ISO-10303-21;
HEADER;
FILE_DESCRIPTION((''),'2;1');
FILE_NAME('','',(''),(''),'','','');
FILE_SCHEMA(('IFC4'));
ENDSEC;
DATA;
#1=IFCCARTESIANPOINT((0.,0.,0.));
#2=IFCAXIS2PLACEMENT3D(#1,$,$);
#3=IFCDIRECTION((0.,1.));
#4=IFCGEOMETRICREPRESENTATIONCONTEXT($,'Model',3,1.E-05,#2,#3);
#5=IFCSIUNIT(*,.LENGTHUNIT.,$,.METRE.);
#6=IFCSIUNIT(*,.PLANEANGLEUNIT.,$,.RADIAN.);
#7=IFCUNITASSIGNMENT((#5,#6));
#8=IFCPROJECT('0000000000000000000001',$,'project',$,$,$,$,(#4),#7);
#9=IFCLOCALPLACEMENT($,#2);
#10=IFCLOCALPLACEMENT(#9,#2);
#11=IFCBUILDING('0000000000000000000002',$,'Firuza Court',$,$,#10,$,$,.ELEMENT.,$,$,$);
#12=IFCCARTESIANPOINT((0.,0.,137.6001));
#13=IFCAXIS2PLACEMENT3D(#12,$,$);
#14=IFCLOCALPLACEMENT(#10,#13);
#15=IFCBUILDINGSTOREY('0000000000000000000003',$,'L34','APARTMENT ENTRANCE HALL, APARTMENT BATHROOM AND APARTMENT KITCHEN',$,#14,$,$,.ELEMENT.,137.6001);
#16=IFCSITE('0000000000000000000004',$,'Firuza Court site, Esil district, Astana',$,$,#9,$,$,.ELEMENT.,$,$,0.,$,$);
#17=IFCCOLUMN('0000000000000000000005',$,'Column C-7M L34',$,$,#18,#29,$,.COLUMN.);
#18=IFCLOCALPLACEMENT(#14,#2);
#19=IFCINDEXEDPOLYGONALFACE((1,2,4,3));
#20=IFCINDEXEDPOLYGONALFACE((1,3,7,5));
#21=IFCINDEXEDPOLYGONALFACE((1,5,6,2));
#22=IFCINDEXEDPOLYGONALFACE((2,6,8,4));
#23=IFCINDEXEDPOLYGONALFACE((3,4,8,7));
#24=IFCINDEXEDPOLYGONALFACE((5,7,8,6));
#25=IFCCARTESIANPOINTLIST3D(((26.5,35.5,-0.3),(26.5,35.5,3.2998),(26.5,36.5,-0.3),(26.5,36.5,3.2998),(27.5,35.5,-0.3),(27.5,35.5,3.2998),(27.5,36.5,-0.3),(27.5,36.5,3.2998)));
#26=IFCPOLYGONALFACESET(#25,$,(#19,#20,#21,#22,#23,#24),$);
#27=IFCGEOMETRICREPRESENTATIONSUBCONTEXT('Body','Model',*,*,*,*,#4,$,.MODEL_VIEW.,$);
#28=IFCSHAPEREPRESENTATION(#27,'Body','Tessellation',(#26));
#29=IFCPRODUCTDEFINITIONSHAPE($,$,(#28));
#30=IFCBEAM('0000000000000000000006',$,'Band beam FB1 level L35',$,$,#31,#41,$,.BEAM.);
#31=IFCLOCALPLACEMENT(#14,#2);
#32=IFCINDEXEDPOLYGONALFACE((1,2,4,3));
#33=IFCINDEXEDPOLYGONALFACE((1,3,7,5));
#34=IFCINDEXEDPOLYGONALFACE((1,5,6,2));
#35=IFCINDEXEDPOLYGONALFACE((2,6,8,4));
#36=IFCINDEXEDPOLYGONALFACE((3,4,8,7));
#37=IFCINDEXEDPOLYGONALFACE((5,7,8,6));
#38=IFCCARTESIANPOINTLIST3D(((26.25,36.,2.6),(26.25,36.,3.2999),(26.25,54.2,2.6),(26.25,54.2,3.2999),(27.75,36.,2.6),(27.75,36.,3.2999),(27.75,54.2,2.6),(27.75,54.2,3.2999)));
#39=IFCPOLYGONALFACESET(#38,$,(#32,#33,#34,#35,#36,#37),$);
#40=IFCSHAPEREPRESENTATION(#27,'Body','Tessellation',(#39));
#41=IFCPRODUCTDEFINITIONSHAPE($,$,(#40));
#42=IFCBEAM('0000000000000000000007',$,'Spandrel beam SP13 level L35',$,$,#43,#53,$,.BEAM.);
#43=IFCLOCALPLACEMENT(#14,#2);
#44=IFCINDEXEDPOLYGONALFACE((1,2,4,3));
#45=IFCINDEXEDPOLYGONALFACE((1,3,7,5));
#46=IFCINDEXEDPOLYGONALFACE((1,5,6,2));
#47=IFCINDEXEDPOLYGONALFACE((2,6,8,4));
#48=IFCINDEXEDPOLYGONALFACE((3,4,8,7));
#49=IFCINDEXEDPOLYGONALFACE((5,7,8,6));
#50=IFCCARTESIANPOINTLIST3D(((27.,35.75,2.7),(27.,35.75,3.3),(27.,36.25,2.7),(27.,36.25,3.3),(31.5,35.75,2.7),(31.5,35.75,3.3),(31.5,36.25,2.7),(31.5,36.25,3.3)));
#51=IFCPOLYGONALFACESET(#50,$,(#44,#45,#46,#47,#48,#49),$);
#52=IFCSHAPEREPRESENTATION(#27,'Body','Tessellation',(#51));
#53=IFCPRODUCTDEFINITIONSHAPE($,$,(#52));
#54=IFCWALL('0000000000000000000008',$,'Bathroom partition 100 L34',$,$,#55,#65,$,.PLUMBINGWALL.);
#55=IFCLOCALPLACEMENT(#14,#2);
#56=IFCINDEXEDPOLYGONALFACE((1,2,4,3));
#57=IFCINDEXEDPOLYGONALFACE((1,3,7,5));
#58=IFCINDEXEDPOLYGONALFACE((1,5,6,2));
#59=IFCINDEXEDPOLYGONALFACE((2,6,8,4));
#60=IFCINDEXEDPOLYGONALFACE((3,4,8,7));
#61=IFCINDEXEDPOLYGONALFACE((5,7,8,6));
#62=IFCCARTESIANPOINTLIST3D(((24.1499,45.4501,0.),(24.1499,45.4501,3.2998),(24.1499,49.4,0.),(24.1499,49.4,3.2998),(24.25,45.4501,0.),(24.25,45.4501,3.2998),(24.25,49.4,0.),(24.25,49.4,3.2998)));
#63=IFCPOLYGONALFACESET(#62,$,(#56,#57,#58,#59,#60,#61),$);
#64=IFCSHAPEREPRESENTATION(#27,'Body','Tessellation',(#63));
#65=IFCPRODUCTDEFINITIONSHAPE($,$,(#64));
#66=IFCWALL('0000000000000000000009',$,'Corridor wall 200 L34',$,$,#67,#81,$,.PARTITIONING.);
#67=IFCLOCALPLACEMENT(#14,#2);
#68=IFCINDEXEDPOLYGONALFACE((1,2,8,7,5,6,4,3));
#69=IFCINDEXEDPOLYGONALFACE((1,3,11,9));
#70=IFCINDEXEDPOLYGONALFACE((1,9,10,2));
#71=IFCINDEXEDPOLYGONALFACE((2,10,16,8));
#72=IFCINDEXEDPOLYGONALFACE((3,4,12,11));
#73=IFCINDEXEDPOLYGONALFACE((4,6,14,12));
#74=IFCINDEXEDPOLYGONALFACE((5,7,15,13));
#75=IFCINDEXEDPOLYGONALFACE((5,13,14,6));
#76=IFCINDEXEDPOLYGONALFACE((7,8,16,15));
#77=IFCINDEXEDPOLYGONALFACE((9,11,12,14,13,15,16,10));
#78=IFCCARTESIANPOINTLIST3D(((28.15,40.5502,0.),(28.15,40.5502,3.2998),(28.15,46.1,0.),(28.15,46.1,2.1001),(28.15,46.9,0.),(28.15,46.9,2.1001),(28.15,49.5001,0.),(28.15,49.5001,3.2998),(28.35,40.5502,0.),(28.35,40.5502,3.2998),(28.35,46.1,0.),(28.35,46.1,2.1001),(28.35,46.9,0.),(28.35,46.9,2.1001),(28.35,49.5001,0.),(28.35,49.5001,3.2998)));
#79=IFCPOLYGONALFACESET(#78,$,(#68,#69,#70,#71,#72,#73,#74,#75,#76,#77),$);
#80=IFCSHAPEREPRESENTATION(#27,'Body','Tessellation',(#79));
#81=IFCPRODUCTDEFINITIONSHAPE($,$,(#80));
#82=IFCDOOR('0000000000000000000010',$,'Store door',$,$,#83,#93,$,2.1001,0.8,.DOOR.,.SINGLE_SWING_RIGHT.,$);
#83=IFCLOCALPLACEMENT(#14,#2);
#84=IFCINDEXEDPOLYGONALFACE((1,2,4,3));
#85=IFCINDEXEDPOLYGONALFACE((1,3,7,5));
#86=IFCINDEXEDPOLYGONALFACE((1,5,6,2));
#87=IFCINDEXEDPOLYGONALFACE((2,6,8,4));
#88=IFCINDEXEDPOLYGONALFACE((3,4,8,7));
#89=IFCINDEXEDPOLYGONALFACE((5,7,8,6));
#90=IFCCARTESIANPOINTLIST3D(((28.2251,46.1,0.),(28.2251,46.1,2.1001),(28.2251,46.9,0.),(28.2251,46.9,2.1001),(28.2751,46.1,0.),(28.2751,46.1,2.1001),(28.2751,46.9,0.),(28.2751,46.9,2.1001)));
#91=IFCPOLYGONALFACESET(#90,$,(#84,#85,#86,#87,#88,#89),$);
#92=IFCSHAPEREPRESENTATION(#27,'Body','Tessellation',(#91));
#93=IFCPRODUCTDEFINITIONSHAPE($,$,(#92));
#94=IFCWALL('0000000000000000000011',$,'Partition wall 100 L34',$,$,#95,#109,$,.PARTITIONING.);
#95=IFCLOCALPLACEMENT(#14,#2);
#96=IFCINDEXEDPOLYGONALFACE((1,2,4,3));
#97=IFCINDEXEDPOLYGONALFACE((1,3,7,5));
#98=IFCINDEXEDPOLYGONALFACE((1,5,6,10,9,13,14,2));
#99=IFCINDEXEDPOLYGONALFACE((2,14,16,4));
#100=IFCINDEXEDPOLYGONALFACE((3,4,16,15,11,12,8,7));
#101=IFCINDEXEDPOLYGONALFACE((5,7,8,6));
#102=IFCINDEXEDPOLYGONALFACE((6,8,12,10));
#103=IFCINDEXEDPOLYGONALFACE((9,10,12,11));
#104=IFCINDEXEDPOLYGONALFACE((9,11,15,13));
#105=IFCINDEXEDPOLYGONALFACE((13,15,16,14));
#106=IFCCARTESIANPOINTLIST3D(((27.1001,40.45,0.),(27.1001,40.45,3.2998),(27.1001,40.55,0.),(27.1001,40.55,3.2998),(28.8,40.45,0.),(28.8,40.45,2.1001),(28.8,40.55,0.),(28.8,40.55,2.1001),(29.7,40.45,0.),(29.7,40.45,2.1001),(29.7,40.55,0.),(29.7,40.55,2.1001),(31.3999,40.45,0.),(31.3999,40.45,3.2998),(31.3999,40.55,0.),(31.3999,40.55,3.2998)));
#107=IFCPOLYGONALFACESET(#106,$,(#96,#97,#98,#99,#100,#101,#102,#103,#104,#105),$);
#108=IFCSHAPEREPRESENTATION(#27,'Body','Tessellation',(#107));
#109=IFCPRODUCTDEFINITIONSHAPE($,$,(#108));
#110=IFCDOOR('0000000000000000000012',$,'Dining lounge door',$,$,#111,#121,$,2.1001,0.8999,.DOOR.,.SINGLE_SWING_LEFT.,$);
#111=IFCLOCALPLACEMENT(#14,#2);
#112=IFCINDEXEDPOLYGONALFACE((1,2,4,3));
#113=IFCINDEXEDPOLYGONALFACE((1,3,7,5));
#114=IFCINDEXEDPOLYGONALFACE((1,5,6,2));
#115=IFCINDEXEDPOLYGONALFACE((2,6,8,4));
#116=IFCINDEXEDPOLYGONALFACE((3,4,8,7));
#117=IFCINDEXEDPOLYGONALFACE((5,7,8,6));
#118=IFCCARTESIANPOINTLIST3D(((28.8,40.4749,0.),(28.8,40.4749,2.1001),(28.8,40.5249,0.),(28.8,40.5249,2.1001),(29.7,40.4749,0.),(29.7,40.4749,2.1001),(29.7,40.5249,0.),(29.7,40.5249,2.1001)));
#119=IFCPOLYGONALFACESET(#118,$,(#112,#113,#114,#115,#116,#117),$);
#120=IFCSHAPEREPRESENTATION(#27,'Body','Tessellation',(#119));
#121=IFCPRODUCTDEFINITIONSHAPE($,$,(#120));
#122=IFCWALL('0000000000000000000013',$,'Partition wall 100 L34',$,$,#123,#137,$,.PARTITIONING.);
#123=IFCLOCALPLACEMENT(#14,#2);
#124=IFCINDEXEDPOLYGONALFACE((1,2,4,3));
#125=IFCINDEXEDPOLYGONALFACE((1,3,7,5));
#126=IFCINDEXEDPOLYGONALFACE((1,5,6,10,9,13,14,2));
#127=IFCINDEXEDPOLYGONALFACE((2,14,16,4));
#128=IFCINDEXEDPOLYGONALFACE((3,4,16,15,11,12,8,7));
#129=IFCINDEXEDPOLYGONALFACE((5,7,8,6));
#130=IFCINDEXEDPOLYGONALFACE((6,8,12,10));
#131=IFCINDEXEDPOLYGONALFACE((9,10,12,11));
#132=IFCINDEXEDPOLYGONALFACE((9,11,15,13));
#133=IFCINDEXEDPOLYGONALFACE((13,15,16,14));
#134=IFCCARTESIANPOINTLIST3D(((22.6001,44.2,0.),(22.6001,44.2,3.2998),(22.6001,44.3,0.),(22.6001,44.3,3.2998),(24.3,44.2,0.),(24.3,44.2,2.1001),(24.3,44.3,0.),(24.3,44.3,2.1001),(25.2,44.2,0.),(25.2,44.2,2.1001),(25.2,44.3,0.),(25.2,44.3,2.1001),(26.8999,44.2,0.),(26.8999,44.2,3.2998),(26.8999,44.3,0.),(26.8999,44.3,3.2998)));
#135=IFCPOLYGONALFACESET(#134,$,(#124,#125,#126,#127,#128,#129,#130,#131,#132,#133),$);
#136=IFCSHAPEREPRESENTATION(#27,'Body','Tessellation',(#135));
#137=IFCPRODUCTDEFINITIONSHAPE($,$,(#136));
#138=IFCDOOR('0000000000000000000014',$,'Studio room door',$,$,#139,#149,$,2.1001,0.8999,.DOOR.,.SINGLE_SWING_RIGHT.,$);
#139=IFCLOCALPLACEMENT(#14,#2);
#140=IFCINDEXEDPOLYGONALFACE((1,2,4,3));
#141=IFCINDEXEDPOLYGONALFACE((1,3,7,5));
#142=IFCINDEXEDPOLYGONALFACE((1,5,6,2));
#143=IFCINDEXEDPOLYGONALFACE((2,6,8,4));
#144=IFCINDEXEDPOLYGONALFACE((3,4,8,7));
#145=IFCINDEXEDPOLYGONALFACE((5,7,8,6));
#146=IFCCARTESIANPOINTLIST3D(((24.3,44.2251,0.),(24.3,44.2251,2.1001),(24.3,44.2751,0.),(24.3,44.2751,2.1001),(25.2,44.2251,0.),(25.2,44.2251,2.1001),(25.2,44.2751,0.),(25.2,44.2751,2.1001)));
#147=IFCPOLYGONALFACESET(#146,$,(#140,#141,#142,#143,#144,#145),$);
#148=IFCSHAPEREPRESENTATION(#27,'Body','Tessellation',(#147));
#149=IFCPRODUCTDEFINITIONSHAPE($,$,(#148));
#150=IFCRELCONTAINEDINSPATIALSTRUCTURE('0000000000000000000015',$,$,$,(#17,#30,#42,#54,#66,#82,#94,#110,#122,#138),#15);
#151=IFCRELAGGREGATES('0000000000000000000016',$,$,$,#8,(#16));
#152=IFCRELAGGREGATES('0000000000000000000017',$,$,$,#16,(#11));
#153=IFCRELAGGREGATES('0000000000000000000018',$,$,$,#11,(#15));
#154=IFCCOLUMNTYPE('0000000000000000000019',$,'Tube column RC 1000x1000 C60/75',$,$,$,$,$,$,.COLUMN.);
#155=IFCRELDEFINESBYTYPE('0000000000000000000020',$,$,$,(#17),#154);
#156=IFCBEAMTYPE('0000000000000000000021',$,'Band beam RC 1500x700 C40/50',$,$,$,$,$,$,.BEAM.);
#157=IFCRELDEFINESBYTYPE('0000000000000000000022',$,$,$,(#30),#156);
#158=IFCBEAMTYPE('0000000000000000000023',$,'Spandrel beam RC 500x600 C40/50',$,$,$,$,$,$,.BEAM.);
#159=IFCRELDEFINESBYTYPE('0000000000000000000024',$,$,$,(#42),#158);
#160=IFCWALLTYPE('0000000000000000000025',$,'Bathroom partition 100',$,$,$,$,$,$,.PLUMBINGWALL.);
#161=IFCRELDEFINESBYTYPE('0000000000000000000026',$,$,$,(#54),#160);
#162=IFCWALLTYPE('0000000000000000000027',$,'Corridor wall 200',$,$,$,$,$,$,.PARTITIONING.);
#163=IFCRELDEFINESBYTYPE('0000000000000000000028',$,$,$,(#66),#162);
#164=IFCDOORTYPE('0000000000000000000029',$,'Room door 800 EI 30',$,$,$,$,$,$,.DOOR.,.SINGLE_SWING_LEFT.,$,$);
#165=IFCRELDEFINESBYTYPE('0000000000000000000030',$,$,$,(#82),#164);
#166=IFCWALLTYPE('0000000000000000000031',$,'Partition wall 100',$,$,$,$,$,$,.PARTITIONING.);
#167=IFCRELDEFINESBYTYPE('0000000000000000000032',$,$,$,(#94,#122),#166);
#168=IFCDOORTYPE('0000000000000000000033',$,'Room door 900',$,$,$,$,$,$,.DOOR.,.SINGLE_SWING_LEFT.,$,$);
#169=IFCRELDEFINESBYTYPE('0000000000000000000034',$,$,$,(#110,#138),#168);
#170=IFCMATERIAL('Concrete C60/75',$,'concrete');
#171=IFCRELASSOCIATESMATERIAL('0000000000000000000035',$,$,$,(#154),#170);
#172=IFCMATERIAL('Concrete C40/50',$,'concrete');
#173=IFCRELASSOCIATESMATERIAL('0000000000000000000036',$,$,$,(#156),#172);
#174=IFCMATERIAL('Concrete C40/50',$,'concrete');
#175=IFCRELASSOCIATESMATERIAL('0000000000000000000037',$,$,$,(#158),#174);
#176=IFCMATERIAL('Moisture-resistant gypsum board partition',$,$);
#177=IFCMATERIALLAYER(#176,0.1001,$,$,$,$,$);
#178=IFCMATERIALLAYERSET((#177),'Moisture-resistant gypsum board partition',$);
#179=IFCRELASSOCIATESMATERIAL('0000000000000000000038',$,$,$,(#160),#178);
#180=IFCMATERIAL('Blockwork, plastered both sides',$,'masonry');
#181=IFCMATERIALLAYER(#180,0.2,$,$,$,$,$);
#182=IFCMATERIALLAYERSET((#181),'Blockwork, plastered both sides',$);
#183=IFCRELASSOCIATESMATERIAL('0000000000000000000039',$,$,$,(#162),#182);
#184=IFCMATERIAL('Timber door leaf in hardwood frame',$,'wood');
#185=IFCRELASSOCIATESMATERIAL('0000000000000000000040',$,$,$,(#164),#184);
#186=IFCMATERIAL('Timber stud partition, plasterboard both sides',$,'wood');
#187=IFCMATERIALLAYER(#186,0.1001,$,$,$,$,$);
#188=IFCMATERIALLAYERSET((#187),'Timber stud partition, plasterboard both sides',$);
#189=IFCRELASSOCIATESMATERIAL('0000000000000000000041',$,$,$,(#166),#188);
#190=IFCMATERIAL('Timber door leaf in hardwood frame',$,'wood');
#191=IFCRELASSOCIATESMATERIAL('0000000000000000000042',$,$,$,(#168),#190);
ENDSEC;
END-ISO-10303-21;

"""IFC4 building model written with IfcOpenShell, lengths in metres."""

from ifc_helpers import new_model, si_unit, direction, frame, frame_2d, origin, origin_2d, place, context, subcontext, project, spatial, rectangle, extrude, material, layer, layer_set, material_profile, profile_set, type_object, element, fill, save


model = new_model("IFC4")

# Units and contexts
model_context = context("Model", 3, precision=1e-05, world=origin(), true_north=direction((0.0, 1.0)))
body_context = subcontext(model_context, "Body", "Model", "MODEL_VIEW")
ifc_project = project(units=[si_unit("LENGTHUNIT", "METRE"), si_unit("PLANEANGLEUNIT", "RADIAN")], contexts=[model_context])

# Site, building, storey
site_placement = place(None, origin())
site = spatial("IfcSite", under=ifc_project, at=site_placement, Name="Firuza Court site, Esil district, Astana", CompositionType="ELEMENT", RefElevation=0.0)
building_placement = place(site_placement, origin())
building = spatial("IfcBuilding", under=site, at=building_placement, Name="Firuza Court", CompositionType="ELEMENT")
storey_placement = place(building_placement, frame((0.0, 0.0, 137.6001)))
storey = spatial("IfcBuildingStorey", under=building, at=storey_placement, Name="L34", Description="APARTMENT ENTRANCE HALL, APARTMENT BATHROOM AND APARTMENT KITCHEN", CompositionType="ELEMENT", Elevation=137.6001)

# Column
ifc_material_1 = material(Name="Concrete C60/75", Category="concrete")
ifc_material_profile_1 = material_profile(ifc_material_1, rectangle(XDim=1.0, YDim=1.0, at=origin_2d()), Name="RC 1000x1000")
ifc_profile_set_1 = profile_set([ifc_material_profile_1], Name="Concrete C60/75")
column_type = type_object("IfcColumnType", Name="Tube column RC 1000x1000 C60/75", PredefinedType="COLUMN", material=ifc_profile_set_1)
column_placement = place(storey_placement, frame((27.0, 36.0, -0.3), z_axis=(0.0, 0.0, 1.0), x_axis=(1.0, 0.0, 0.0)))
element("IfcColumn", 1, at=column_placement, inside=storey, type_object=column_type, Name="Column C-7M L34", PredefinedType="COLUMN", context=body_context, shape_type="SweptSolid", body=[
    extrude(rectangle(XDim=1.0, YDim=1.0, at=origin_2d()), origin(), (0.0, 0.0, 1.0), 3.5999),
])

# Beams
ifc_material_2 = material(Name="Concrete C40/50", Category="concrete")
ifc_material_profile_2 = material_profile(ifc_material_2, rectangle(XDim=1.5, YDim=0.7, at=origin_2d()), Name="RC 1500x700")
ifc_profile_set_2 = profile_set([ifc_material_profile_2], Name="Concrete C40/50")
beam_type_1 = type_object("IfcBeamType", Name="Band beam RC 1500x700 C40/50", PredefinedType="BEAM", material=ifc_profile_set_2)
beam_1_placement = place(storey_placement, frame((27.0, 36.0, 2.95), z_axis=(0.0, 1.0, 0.0), x_axis=(-1.0, 0.0, 0.0)))
element("IfcBeam", 2, at=beam_1_placement, inside=storey, type_object=beam_type_1, Name="Band beam FB1 level L35", PredefinedType="BEAM", context=body_context, shape_type="SweptSolid", body=[
    extrude(rectangle(XDim=1.5, YDim=0.7, at=origin_2d()), origin(), (0.0, 0.0, 1.0), 18.2),
])
ifc_material_3 = material(Name="Concrete C40/50", Category="concrete")
ifc_material_profile_3 = material_profile(ifc_material_3, rectangle(XDim=0.5, YDim=0.6001, at=origin_2d()), Name="RC 500x600")
ifc_profile_set_3 = profile_set([ifc_material_profile_3], Name="Concrete C40/50")
beam_type_2 = type_object("IfcBeamType", Name="Spandrel beam RC 500x600 C40/50", PredefinedType="BEAM", material=ifc_profile_set_3)
beam_2_placement = place(storey_placement, frame((27.0, 36.0, 3.0), z_axis=(1.0, 0.0, 0.0), x_axis=(0.0, 1.0, 0.0)))
element("IfcBeam", 3, at=beam_2_placement, inside=storey, type_object=beam_type_2, Name="Spandrel beam SP13 level L35", PredefinedType="BEAM", context=body_context, shape_type="SweptSolid", body=[
    extrude(rectangle(XDim=0.5, YDim=0.6001, at=origin_2d()), origin(), (0.0, 0.0, 1.0), 4.5),
])

# Wall
ifc_material_4 = material(Name="Moisture-resistant gypsum board partition")
ifc_layer_1 = layer(ifc_material_4, 0.1001)
ifc_layer_set_1 = layer_set([ifc_layer_1], Name="Moisture-resistant gypsum board partition")
wall_type_1 = type_object("IfcWallType", Name="Bathroom partition 100", PredefinedType="PLUMBINGWALL", material=ifc_layer_set_1)
wall_1_placement = place(storey_placement, frame((24.2, 45.45, 0.0), z_axis=(0.0, 0.0, 1.0), x_axis=(0.0, 1.0, 0.0)))
element("IfcWall", 4, at=wall_1_placement, inside=storey, type_object=wall_type_1, Name="Bathroom partition 100 L34", PredefinedType="PLUMBINGWALL", context=body_context, shape_type="SweptSolid", body=[
    extrude(rectangle(XDim=3.95, YDim=0.1001, at=frame_2d((1.9751, 0.0))), origin(), (0.0, 0.0, 1.0), 3.2998),
])

# Walls, openings, doors
ifc_material_5 = material(Name="Blockwork, plastered both sides", Category="masonry")
ifc_layer_2 = layer(ifc_material_5, 0.2)
ifc_layer_set_2 = layer_set([ifc_layer_2], Name="Blockwork, plastered both sides")
wall_type_2 = type_object("IfcWallType", Name="Corridor wall 200", PredefinedType="PARTITIONING", material=ifc_layer_set_2)
wall_2_placement = place(storey_placement, frame((28.25, 40.55, 0.0), z_axis=(0.0, 0.0, 1.0), x_axis=(0.0, 1.0, 0.0)))
wall_2 = element("IfcWall", 5, at=wall_2_placement, inside=storey, type_object=wall_type_2, Name="Corridor wall 200 L34", PredefinedType="PARTITIONING", context=body_context, shape_type="SweptSolid", body=[
    extrude(rectangle(XDim=8.95, YDim=0.2, at=frame_2d((4.4751, 0.0))), origin(), (0.0, 0.0, 1.0), 3.2998),
])
opening_1_placement = place(wall_2_placement, frame((5.55, 0.0, 0.0)))
opening_1 = element("IfcOpeningElement", 6, at=opening_1_placement, cuts=wall_2, PredefinedType="OPENING", context=body_context, shape_type="SweptSolid", body=[
    extrude(rectangle(XDim=0.8, YDim=2.1001, at=frame_2d((0.3999, 1.05))), frame((0.0, 0.1118, 0.0), z_axis=(0.0, -1.0, 0.0), x_axis=(1.0, 0.0, 0.0)), (0.0, 0.0, 1.0), 0.2239),
])
ifc_material_6 = material(Name="Timber door leaf in hardwood frame", Category="wood")
door_type_1 = type_object("IfcDoorType", Name="Room door 800 EI 30", OperationType="SINGLE_SWING_LEFT", PredefinedType="DOOR", material=ifc_material_6)
door_1_placement = place(opening_1_placement, origin())
door_1 = element("IfcDoor", 7, at=door_1_placement, inside=storey, type_object=door_type_1, Name="Store door", OperationType="SINGLE_SWING_RIGHT", OverallHeight=2.1001, OverallWidth=0.8, PredefinedType="DOOR", context=body_context, shape_type="SweptSolid", body=[
    extrude(rectangle(XDim=0.8, YDim=2.1001, at=frame_2d((0.3999, 1.05))), frame((0.0, 0.0249, 0.0), z_axis=(0.0, -1.0, 0.0), x_axis=(1.0, 0.0, 0.0)), (0.0, 0.0, 1.0), 0.05),
])
fill(opening_1, door_1)
ifc_material_7 = material(Name="Timber stud partition, plasterboard both sides", Category="wood")
ifc_layer_3 = layer(ifc_material_7, 0.1001)
ifc_layer_set_3 = layer_set([ifc_layer_3], Name="Timber stud partition, plasterboard both sides")
wall_type_3 = type_object("IfcWallType", Name="Partition wall 100", PredefinedType="PARTITIONING", material=ifc_layer_set_3)
wall_3_placement = place(storey_placement, frame((27.1001, 40.5, 0.0), z_axis=(0.0, 0.0, 1.0), x_axis=(1.0, 0.0, 0.0)))
wall_3 = element("IfcWall", 8, at=wall_3_placement, inside=storey, type_object=wall_type_3, Name="Partition wall 100 L34", PredefinedType="PARTITIONING", context=body_context, shape_type="SweptSolid", body=[
    extrude(rectangle(XDim=4.2998, YDim=0.1001, at=frame_2d((2.1499, 0.0))), origin(), (0.0, 0.0, 1.0), 3.2998),
])
opening_2_placement = place(wall_3_placement, frame((1.7, 0.0, 0.0)))
opening_2 = element("IfcOpeningElement", 9, at=opening_2_placement, cuts=wall_3, PredefinedType="OPENING", context=body_context, shape_type="SweptSolid", body=[
    extrude(rectangle(XDim=0.8999, YDim=2.1001, at=frame_2d((0.45, 1.05))), frame((0.0, 0.062, 0.0), z_axis=(0.0, -1.0, 0.0), x_axis=(1.0, 0.0, 0.0)), (0.0, 0.0, 1.0), 0.124),
])
ifc_material_8 = material(Name="Timber door leaf in hardwood frame", Category="wood")
door_type_2 = type_object("IfcDoorType", Name="Room door 900", OperationType="SINGLE_SWING_LEFT", PredefinedType="DOOR", material=ifc_material_8)
door_2_placement = place(opening_2_placement, origin())
door_2 = element("IfcDoor", 10, at=door_2_placement, inside=storey, type_object=door_type_2, Name="Dining lounge door", OperationType="SINGLE_SWING_LEFT", OverallHeight=2.1001, OverallWidth=0.8999, PredefinedType="DOOR", context=body_context, shape_type="SweptSolid", body=[
    extrude(rectangle(XDim=0.8999, YDim=2.1001, at=frame_2d((0.45, 1.05))), frame((0.0, 0.0249, 0.0), z_axis=(0.0, -1.0, 0.0), x_axis=(1.0, 0.0, 0.0)), (0.0, 0.0, 1.0), 0.05),
])
fill(opening_2, door_2)
wall_4_placement = place(storey_placement, frame((22.6001, 44.25, 0.0), z_axis=(0.0, 0.0, 1.0), x_axis=(1.0, 0.0, 0.0)))
wall_4 = element("IfcWall", 11, at=wall_4_placement, inside=storey, type_object=wall_type_3, Name="Partition wall 100 L34", PredefinedType="PARTITIONING", context=body_context, shape_type="SweptSolid", body=[
    extrude(rectangle(XDim=4.2998, YDim=0.1001, at=frame_2d((2.1499, 0.0))), origin(), (0.0, 0.0, 1.0), 3.2998),
])
opening_3_placement = place(wall_4_placement, frame((1.7, 0.0, 0.0)))
opening_3 = element("IfcOpeningElement", 12, at=opening_3_placement, cuts=wall_4, PredefinedType="OPENING", context=body_context, shape_type="SweptSolid", body=[
    extrude(rectangle(XDim=0.8999, YDim=2.1001, at=frame_2d((0.45, 1.05))), frame((0.0, 0.062, 0.0), z_axis=(0.0, -1.0, 0.0), x_axis=(1.0, 0.0, 0.0)), (0.0, 0.0, 1.0), 0.124),
])
door_3_placement = place(opening_3_placement, frame((0.8999, 0.0, 0.0), z_axis=(0.0, 0.0, 1.0), x_axis=(-1.0, 0.0, 0.0)))
door_3 = element("IfcDoor", 13, at=door_3_placement, inside=storey, type_object=door_type_2, Name="Studio room door", OperationType="SINGLE_SWING_RIGHT", OverallHeight=2.1001, OverallWidth=0.8999, PredefinedType="DOOR", context=body_context, shape_type="SweptSolid", body=[
    extrude(rectangle(XDim=0.8999, YDim=2.1001, at=frame_2d((0.45, 1.05))), frame((0.0, 0.0249, 0.0), z_axis=(0.0, -1.0, 0.0), x_axis=(1.0, 0.0, 0.0)), (0.0, 0.0, 1.0), 0.05),
])
fill(opening_3, door_3)

save(model, "model.ifc")
